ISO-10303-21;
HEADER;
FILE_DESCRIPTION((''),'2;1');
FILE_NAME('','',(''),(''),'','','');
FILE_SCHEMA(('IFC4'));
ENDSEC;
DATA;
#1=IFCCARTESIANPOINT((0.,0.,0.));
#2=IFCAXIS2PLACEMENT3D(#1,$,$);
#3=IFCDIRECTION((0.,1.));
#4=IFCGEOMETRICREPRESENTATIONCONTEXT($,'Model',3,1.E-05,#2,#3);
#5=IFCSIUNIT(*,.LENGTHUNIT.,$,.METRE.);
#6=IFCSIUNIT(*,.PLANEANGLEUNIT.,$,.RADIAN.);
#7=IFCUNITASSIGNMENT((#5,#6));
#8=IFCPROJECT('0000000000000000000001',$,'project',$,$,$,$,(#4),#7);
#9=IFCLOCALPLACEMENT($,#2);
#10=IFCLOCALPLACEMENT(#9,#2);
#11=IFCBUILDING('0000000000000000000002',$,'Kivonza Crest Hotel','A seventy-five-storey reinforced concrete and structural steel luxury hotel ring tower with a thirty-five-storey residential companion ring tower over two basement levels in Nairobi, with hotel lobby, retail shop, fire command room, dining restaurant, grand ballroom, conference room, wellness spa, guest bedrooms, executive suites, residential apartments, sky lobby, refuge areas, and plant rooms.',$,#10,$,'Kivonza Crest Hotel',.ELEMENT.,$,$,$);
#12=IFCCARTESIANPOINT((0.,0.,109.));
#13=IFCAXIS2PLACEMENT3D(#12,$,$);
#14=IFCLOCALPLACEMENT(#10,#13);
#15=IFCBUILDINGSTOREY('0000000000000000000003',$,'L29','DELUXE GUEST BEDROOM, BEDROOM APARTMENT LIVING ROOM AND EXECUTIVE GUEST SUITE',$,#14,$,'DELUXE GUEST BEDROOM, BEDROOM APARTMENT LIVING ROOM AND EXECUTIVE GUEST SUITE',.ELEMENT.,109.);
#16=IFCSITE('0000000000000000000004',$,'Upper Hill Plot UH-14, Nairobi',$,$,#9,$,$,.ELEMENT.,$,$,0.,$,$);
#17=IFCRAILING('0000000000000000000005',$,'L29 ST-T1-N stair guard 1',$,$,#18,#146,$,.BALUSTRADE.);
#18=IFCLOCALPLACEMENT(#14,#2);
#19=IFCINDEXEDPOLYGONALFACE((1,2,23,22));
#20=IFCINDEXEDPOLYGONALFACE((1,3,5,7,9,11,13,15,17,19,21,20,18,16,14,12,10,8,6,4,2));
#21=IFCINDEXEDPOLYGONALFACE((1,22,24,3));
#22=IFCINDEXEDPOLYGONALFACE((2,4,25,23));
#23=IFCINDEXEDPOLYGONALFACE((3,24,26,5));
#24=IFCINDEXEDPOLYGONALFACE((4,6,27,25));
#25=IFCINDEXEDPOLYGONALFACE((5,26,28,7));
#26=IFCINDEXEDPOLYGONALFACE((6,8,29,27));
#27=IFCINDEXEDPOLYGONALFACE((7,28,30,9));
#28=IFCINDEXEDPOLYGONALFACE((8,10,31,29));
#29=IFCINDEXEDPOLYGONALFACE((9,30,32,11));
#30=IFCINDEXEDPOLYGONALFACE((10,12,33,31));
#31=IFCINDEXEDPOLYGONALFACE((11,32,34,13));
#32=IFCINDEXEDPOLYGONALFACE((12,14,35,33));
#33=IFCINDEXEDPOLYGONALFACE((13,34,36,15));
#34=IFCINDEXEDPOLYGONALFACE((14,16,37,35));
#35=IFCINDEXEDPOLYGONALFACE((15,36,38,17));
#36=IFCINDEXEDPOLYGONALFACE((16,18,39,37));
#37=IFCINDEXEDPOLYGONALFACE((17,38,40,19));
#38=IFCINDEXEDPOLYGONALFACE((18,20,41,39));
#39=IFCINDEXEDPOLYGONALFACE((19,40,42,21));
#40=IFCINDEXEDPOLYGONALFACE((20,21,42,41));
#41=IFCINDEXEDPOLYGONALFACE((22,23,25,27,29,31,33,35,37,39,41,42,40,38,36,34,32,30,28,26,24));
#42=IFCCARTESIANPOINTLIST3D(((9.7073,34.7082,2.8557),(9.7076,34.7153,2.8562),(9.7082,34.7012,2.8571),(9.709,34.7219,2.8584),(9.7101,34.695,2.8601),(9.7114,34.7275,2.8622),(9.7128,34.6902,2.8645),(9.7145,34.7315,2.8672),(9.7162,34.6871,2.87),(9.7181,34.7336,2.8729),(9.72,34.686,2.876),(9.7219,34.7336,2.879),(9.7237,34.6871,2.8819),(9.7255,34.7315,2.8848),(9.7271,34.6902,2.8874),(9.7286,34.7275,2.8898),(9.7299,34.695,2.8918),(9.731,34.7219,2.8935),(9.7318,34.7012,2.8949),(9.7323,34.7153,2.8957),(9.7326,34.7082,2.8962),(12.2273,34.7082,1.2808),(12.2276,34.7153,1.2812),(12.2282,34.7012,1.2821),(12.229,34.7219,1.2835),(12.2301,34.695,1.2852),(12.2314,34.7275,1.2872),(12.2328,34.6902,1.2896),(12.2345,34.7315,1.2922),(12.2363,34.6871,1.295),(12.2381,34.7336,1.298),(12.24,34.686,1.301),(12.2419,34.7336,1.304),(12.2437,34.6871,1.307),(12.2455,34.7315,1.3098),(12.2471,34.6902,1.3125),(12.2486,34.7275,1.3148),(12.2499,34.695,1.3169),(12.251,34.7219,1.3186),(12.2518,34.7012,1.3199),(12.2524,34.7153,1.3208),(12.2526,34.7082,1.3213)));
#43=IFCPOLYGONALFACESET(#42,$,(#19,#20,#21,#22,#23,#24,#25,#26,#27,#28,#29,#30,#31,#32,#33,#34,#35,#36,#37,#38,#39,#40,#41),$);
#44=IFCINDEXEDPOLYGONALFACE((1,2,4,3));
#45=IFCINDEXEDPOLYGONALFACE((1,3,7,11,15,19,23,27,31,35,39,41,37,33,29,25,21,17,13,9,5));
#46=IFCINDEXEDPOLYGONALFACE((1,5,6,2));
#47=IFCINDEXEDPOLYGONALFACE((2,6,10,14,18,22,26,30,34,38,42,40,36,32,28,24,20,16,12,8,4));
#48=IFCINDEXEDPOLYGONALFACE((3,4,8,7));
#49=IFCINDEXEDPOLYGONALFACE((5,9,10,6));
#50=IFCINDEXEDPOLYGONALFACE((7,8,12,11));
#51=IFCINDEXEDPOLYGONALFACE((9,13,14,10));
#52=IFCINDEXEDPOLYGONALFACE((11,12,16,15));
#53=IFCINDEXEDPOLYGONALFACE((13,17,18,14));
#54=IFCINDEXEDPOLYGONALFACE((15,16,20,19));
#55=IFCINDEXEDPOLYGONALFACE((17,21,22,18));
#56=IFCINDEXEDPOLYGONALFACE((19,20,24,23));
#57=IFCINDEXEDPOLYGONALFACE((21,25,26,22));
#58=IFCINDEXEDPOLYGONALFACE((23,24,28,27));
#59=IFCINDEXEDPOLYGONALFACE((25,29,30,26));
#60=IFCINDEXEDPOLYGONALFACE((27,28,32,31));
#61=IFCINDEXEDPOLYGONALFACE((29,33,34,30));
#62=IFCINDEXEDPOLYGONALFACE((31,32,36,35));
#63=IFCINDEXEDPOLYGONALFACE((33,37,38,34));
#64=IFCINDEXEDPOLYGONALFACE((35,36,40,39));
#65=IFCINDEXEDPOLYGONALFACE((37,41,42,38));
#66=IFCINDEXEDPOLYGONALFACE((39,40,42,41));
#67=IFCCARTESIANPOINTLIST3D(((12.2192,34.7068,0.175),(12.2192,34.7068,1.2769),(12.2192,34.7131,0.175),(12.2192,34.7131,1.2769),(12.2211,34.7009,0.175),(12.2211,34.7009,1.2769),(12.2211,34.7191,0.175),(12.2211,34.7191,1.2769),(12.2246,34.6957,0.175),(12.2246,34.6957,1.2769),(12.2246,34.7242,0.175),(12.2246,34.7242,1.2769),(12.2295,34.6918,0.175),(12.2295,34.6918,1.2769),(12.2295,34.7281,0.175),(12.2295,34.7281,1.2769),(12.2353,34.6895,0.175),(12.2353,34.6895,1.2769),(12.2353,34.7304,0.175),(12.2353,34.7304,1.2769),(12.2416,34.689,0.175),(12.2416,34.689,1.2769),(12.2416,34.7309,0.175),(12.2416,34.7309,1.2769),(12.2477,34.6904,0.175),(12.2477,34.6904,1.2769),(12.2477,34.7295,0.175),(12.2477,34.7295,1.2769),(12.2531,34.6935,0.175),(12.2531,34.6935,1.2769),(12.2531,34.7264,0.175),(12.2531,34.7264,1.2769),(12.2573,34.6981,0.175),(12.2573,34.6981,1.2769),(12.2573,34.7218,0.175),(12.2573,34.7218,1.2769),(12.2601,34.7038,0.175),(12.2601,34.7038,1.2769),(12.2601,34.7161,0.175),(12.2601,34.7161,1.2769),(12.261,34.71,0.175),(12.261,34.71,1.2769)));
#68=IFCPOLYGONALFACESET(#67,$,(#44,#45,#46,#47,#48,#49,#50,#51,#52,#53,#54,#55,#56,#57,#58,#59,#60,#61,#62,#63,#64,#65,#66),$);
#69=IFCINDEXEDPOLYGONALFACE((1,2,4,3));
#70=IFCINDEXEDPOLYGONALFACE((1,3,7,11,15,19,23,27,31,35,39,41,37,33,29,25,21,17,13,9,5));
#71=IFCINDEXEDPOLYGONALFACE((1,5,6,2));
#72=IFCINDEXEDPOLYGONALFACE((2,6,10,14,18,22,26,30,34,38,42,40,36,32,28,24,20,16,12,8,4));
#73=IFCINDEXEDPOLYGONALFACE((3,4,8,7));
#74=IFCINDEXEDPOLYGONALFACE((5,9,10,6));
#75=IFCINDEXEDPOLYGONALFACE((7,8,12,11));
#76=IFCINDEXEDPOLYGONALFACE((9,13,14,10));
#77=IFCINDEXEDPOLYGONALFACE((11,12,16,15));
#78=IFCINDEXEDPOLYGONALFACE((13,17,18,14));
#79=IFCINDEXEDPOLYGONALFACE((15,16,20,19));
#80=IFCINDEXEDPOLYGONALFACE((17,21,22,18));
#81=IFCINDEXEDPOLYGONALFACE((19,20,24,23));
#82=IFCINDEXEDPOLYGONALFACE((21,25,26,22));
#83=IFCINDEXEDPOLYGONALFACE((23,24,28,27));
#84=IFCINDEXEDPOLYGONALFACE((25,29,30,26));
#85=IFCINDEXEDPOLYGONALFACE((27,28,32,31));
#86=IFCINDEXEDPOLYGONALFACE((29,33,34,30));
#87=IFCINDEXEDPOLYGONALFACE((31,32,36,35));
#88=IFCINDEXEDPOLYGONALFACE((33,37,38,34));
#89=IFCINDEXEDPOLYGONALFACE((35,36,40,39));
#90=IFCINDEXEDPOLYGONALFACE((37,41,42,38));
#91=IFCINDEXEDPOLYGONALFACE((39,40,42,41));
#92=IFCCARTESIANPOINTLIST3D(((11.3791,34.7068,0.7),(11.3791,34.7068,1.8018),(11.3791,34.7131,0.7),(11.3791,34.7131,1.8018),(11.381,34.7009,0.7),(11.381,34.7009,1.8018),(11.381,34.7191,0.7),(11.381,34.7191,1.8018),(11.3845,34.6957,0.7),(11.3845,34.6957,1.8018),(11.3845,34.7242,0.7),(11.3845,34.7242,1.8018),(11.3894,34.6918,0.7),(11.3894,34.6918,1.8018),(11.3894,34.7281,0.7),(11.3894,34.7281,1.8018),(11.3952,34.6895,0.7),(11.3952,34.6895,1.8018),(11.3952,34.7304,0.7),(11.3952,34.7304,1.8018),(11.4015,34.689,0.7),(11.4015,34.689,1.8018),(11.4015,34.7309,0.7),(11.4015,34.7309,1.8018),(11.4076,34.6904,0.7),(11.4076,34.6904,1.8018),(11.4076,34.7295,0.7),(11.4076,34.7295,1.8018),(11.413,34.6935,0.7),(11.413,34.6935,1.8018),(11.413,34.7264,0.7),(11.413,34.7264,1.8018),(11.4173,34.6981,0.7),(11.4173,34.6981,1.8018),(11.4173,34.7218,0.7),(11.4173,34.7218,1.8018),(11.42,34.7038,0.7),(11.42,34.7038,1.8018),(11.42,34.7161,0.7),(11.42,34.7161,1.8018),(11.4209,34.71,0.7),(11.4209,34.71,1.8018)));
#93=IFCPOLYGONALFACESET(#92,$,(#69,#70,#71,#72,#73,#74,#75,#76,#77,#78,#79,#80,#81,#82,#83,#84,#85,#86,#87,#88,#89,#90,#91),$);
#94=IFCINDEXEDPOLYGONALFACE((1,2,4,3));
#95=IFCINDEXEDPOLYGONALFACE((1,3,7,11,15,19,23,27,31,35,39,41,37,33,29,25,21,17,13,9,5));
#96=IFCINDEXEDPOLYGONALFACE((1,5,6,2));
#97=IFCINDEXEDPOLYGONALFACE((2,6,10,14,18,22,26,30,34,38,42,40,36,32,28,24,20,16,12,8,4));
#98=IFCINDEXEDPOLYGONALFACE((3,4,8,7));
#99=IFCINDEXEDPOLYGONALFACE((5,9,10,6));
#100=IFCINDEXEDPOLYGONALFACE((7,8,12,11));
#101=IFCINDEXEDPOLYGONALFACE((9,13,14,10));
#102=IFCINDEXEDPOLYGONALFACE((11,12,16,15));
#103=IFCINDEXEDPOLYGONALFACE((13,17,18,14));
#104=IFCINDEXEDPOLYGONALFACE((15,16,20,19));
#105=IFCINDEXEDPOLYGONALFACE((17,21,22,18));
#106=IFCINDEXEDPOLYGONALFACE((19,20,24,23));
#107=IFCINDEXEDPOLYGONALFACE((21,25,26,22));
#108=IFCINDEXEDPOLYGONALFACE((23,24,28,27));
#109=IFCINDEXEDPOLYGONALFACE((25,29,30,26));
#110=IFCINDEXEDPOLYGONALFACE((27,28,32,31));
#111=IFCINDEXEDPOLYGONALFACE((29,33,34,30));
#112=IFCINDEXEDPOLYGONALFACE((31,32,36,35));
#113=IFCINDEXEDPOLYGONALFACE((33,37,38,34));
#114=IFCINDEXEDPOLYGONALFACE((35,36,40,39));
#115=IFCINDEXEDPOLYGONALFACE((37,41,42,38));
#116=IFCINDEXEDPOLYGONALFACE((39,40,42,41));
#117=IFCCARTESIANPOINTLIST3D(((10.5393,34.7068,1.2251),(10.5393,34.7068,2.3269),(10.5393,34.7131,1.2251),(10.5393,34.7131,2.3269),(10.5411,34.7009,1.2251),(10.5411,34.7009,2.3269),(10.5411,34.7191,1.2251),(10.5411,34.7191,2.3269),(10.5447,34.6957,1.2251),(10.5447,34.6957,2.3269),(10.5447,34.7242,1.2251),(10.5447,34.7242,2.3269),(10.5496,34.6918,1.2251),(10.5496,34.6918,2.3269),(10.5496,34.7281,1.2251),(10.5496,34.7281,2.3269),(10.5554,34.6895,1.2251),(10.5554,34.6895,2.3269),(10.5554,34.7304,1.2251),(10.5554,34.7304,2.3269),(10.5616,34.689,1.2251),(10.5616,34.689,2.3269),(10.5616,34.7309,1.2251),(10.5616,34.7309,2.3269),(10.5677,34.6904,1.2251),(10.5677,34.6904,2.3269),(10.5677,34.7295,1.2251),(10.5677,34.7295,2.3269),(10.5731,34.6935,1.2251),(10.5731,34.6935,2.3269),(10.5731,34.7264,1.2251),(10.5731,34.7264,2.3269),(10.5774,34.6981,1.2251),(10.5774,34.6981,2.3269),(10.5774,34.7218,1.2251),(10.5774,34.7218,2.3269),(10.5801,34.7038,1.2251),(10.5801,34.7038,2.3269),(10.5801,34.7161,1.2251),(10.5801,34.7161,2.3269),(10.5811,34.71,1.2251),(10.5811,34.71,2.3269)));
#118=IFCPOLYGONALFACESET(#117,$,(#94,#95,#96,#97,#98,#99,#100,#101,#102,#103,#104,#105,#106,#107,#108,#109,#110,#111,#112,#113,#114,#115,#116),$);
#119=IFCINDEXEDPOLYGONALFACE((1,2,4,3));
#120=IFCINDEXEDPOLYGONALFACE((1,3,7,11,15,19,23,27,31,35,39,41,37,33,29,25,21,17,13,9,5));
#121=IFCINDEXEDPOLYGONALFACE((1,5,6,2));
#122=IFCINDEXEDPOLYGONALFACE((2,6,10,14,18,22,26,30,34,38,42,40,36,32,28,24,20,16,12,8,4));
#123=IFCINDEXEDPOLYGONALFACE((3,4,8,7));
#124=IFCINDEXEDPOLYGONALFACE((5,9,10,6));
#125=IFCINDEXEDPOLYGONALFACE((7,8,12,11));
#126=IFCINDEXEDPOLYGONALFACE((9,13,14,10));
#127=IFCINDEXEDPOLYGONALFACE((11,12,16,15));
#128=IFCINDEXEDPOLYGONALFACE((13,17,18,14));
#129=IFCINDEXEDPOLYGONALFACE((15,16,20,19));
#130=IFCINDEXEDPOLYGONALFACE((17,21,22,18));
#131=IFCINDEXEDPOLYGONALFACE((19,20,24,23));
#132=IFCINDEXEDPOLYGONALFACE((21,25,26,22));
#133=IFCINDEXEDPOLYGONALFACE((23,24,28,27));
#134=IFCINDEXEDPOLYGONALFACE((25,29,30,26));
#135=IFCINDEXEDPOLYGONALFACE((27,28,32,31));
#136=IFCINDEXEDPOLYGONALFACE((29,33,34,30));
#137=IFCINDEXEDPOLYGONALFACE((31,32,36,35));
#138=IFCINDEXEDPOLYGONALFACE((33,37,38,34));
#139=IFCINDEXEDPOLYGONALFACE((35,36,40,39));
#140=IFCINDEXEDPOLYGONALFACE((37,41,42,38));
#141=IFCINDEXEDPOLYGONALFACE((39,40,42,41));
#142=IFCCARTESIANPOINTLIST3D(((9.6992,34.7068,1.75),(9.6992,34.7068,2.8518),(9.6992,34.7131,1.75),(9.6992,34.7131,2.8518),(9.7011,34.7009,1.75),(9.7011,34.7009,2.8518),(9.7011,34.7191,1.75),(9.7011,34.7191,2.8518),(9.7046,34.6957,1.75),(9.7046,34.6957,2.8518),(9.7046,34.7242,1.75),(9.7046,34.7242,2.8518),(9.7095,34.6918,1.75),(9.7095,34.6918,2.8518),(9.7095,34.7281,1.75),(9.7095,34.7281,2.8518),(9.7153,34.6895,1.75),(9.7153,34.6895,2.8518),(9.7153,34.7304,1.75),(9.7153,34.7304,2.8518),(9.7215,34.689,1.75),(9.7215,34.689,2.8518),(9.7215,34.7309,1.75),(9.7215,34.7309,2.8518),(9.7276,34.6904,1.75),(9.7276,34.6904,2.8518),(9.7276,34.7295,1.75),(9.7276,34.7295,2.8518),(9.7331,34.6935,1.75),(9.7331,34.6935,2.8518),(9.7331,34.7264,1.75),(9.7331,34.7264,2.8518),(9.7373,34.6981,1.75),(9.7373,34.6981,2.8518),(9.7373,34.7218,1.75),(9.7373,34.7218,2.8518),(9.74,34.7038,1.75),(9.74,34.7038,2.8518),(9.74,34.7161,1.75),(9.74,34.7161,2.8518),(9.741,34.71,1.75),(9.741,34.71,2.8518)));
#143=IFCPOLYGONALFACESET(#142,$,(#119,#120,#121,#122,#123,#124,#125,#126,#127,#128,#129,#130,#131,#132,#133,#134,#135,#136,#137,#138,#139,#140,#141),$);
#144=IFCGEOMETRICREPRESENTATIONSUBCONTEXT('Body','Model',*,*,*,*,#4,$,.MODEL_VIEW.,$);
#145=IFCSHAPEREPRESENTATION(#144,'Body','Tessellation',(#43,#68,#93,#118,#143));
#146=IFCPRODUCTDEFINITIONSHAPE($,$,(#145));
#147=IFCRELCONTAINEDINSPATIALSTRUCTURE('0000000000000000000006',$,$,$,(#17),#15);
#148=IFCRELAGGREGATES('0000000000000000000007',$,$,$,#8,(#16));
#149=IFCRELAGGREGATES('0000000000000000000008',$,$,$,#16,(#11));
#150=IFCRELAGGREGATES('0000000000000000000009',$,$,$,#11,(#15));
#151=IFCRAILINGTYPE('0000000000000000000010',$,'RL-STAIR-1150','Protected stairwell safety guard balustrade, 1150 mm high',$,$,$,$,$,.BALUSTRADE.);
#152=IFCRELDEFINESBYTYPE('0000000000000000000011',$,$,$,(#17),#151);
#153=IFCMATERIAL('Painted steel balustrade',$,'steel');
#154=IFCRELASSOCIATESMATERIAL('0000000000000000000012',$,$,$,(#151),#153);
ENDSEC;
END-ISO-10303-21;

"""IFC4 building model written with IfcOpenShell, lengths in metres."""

from ifc_helpers import new_model, si_unit, direction, frame, origin, origin_2d, place, context, subcontext, project, spatial, circle, extrude, material, type_object, element, save


model = new_model("IFC4")

# Units and contexts
model_context = context("Model", 3, precision=1e-05, world=origin(), true_north=direction((0.0, 1.0)))
body_context = subcontext(model_context, "Body", "Model", "MODEL_VIEW")
ifc_project = project(units=[si_unit("LENGTHUNIT", "METRE"), si_unit("PLANEANGLEUNIT", "RADIAN")], contexts=[model_context])

# Site, building, storey
site_placement = place(None, origin())
site = spatial("IfcSite", under=ifc_project, at=site_placement, Name="Upper Hill Plot UH-14, Nairobi", CompositionType="ELEMENT", RefElevation=0.0)
building_placement = place(site_placement, origin())
building = spatial("IfcBuilding", under=site, at=building_placement, Name="Kivonza Crest Hotel", Description="A seventy-five-storey reinforced concrete and structural steel luxury hotel ring tower with a thirty-five-storey residential companion ring tower over two basement levels in Nairobi, with hotel lobby, retail shop, fire command room, dining restaurant, grand ballroom, conference room, wellness spa, guest bedrooms, executive suites, residential apartments, sky lobby, refuge areas, and plant rooms.", LongName="Kivonza Crest Hotel", CompositionType="ELEMENT")
storey_placement = place(building_placement, frame((0.0, 0.0, 109.0)))
storey = spatial("IfcBuildingStorey", under=building, at=storey_placement, Name="L29", Description="DELUXE GUEST BEDROOM, BEDROOM APARTMENT LIVING ROOM AND EXECUTIVE GUEST SUITE", LongName="DELUXE GUEST BEDROOM, BEDROOM APARTMENT LIVING ROOM AND EXECUTIVE GUEST SUITE", CompositionType="ELEMENT", Elevation=109.0)

# Railing
ifc_material_1 = material(Name="Painted steel balustrade", Category="steel")
railing_type_1 = type_object("IfcRailingType", Name="RL-STAIR-1150", Description="Protected stairwell safety guard balustrade, 1150 mm high", PredefinedType="BALUSTRADE", material=ifc_material_1)
railing_1_placement = place(storey_placement, frame((12.24, 34.71, 0.175)))
element("IfcRailing", 1, at=railing_1_placement, inside=storey, type_object=railing_type_1, Name="L29 ST-T1-N stair guard 1", PredefinedType="BALUSTRADE", context=body_context, shape_type="SweptSolid", body=[
    extrude(circle(Radius=0.0239, at=origin_2d()), frame((0.0, 0.0, 1.126), z_axis=(-0.848008, 0.0, 0.529984), x_axis=(0.0, -1.0, 0.0)), (0.0, 0.0, 1.0), 2.9717),
    extrude(circle(Radius=0.021, at=origin_2d()), origin(), (0.0, 0.0, 1.0), 1.1018),
    extrude(circle(Radius=0.021, at=origin_2d()), frame((-0.8401, 0.0, 0.5249)), (0.0, 0.0, 1.0), 1.1018),
    extrude(circle(Radius=0.021, at=origin_2d()), frame((-1.6799, 0.0, 1.05)), (0.0, 0.0, 1.0), 1.1018),
    extrude(circle(Radius=0.021, at=origin_2d()), frame((-2.52, 0.0, 1.575)), (0.0, 0.0, 1.0), 1.1018),
])

save(model, "model.ifc")
